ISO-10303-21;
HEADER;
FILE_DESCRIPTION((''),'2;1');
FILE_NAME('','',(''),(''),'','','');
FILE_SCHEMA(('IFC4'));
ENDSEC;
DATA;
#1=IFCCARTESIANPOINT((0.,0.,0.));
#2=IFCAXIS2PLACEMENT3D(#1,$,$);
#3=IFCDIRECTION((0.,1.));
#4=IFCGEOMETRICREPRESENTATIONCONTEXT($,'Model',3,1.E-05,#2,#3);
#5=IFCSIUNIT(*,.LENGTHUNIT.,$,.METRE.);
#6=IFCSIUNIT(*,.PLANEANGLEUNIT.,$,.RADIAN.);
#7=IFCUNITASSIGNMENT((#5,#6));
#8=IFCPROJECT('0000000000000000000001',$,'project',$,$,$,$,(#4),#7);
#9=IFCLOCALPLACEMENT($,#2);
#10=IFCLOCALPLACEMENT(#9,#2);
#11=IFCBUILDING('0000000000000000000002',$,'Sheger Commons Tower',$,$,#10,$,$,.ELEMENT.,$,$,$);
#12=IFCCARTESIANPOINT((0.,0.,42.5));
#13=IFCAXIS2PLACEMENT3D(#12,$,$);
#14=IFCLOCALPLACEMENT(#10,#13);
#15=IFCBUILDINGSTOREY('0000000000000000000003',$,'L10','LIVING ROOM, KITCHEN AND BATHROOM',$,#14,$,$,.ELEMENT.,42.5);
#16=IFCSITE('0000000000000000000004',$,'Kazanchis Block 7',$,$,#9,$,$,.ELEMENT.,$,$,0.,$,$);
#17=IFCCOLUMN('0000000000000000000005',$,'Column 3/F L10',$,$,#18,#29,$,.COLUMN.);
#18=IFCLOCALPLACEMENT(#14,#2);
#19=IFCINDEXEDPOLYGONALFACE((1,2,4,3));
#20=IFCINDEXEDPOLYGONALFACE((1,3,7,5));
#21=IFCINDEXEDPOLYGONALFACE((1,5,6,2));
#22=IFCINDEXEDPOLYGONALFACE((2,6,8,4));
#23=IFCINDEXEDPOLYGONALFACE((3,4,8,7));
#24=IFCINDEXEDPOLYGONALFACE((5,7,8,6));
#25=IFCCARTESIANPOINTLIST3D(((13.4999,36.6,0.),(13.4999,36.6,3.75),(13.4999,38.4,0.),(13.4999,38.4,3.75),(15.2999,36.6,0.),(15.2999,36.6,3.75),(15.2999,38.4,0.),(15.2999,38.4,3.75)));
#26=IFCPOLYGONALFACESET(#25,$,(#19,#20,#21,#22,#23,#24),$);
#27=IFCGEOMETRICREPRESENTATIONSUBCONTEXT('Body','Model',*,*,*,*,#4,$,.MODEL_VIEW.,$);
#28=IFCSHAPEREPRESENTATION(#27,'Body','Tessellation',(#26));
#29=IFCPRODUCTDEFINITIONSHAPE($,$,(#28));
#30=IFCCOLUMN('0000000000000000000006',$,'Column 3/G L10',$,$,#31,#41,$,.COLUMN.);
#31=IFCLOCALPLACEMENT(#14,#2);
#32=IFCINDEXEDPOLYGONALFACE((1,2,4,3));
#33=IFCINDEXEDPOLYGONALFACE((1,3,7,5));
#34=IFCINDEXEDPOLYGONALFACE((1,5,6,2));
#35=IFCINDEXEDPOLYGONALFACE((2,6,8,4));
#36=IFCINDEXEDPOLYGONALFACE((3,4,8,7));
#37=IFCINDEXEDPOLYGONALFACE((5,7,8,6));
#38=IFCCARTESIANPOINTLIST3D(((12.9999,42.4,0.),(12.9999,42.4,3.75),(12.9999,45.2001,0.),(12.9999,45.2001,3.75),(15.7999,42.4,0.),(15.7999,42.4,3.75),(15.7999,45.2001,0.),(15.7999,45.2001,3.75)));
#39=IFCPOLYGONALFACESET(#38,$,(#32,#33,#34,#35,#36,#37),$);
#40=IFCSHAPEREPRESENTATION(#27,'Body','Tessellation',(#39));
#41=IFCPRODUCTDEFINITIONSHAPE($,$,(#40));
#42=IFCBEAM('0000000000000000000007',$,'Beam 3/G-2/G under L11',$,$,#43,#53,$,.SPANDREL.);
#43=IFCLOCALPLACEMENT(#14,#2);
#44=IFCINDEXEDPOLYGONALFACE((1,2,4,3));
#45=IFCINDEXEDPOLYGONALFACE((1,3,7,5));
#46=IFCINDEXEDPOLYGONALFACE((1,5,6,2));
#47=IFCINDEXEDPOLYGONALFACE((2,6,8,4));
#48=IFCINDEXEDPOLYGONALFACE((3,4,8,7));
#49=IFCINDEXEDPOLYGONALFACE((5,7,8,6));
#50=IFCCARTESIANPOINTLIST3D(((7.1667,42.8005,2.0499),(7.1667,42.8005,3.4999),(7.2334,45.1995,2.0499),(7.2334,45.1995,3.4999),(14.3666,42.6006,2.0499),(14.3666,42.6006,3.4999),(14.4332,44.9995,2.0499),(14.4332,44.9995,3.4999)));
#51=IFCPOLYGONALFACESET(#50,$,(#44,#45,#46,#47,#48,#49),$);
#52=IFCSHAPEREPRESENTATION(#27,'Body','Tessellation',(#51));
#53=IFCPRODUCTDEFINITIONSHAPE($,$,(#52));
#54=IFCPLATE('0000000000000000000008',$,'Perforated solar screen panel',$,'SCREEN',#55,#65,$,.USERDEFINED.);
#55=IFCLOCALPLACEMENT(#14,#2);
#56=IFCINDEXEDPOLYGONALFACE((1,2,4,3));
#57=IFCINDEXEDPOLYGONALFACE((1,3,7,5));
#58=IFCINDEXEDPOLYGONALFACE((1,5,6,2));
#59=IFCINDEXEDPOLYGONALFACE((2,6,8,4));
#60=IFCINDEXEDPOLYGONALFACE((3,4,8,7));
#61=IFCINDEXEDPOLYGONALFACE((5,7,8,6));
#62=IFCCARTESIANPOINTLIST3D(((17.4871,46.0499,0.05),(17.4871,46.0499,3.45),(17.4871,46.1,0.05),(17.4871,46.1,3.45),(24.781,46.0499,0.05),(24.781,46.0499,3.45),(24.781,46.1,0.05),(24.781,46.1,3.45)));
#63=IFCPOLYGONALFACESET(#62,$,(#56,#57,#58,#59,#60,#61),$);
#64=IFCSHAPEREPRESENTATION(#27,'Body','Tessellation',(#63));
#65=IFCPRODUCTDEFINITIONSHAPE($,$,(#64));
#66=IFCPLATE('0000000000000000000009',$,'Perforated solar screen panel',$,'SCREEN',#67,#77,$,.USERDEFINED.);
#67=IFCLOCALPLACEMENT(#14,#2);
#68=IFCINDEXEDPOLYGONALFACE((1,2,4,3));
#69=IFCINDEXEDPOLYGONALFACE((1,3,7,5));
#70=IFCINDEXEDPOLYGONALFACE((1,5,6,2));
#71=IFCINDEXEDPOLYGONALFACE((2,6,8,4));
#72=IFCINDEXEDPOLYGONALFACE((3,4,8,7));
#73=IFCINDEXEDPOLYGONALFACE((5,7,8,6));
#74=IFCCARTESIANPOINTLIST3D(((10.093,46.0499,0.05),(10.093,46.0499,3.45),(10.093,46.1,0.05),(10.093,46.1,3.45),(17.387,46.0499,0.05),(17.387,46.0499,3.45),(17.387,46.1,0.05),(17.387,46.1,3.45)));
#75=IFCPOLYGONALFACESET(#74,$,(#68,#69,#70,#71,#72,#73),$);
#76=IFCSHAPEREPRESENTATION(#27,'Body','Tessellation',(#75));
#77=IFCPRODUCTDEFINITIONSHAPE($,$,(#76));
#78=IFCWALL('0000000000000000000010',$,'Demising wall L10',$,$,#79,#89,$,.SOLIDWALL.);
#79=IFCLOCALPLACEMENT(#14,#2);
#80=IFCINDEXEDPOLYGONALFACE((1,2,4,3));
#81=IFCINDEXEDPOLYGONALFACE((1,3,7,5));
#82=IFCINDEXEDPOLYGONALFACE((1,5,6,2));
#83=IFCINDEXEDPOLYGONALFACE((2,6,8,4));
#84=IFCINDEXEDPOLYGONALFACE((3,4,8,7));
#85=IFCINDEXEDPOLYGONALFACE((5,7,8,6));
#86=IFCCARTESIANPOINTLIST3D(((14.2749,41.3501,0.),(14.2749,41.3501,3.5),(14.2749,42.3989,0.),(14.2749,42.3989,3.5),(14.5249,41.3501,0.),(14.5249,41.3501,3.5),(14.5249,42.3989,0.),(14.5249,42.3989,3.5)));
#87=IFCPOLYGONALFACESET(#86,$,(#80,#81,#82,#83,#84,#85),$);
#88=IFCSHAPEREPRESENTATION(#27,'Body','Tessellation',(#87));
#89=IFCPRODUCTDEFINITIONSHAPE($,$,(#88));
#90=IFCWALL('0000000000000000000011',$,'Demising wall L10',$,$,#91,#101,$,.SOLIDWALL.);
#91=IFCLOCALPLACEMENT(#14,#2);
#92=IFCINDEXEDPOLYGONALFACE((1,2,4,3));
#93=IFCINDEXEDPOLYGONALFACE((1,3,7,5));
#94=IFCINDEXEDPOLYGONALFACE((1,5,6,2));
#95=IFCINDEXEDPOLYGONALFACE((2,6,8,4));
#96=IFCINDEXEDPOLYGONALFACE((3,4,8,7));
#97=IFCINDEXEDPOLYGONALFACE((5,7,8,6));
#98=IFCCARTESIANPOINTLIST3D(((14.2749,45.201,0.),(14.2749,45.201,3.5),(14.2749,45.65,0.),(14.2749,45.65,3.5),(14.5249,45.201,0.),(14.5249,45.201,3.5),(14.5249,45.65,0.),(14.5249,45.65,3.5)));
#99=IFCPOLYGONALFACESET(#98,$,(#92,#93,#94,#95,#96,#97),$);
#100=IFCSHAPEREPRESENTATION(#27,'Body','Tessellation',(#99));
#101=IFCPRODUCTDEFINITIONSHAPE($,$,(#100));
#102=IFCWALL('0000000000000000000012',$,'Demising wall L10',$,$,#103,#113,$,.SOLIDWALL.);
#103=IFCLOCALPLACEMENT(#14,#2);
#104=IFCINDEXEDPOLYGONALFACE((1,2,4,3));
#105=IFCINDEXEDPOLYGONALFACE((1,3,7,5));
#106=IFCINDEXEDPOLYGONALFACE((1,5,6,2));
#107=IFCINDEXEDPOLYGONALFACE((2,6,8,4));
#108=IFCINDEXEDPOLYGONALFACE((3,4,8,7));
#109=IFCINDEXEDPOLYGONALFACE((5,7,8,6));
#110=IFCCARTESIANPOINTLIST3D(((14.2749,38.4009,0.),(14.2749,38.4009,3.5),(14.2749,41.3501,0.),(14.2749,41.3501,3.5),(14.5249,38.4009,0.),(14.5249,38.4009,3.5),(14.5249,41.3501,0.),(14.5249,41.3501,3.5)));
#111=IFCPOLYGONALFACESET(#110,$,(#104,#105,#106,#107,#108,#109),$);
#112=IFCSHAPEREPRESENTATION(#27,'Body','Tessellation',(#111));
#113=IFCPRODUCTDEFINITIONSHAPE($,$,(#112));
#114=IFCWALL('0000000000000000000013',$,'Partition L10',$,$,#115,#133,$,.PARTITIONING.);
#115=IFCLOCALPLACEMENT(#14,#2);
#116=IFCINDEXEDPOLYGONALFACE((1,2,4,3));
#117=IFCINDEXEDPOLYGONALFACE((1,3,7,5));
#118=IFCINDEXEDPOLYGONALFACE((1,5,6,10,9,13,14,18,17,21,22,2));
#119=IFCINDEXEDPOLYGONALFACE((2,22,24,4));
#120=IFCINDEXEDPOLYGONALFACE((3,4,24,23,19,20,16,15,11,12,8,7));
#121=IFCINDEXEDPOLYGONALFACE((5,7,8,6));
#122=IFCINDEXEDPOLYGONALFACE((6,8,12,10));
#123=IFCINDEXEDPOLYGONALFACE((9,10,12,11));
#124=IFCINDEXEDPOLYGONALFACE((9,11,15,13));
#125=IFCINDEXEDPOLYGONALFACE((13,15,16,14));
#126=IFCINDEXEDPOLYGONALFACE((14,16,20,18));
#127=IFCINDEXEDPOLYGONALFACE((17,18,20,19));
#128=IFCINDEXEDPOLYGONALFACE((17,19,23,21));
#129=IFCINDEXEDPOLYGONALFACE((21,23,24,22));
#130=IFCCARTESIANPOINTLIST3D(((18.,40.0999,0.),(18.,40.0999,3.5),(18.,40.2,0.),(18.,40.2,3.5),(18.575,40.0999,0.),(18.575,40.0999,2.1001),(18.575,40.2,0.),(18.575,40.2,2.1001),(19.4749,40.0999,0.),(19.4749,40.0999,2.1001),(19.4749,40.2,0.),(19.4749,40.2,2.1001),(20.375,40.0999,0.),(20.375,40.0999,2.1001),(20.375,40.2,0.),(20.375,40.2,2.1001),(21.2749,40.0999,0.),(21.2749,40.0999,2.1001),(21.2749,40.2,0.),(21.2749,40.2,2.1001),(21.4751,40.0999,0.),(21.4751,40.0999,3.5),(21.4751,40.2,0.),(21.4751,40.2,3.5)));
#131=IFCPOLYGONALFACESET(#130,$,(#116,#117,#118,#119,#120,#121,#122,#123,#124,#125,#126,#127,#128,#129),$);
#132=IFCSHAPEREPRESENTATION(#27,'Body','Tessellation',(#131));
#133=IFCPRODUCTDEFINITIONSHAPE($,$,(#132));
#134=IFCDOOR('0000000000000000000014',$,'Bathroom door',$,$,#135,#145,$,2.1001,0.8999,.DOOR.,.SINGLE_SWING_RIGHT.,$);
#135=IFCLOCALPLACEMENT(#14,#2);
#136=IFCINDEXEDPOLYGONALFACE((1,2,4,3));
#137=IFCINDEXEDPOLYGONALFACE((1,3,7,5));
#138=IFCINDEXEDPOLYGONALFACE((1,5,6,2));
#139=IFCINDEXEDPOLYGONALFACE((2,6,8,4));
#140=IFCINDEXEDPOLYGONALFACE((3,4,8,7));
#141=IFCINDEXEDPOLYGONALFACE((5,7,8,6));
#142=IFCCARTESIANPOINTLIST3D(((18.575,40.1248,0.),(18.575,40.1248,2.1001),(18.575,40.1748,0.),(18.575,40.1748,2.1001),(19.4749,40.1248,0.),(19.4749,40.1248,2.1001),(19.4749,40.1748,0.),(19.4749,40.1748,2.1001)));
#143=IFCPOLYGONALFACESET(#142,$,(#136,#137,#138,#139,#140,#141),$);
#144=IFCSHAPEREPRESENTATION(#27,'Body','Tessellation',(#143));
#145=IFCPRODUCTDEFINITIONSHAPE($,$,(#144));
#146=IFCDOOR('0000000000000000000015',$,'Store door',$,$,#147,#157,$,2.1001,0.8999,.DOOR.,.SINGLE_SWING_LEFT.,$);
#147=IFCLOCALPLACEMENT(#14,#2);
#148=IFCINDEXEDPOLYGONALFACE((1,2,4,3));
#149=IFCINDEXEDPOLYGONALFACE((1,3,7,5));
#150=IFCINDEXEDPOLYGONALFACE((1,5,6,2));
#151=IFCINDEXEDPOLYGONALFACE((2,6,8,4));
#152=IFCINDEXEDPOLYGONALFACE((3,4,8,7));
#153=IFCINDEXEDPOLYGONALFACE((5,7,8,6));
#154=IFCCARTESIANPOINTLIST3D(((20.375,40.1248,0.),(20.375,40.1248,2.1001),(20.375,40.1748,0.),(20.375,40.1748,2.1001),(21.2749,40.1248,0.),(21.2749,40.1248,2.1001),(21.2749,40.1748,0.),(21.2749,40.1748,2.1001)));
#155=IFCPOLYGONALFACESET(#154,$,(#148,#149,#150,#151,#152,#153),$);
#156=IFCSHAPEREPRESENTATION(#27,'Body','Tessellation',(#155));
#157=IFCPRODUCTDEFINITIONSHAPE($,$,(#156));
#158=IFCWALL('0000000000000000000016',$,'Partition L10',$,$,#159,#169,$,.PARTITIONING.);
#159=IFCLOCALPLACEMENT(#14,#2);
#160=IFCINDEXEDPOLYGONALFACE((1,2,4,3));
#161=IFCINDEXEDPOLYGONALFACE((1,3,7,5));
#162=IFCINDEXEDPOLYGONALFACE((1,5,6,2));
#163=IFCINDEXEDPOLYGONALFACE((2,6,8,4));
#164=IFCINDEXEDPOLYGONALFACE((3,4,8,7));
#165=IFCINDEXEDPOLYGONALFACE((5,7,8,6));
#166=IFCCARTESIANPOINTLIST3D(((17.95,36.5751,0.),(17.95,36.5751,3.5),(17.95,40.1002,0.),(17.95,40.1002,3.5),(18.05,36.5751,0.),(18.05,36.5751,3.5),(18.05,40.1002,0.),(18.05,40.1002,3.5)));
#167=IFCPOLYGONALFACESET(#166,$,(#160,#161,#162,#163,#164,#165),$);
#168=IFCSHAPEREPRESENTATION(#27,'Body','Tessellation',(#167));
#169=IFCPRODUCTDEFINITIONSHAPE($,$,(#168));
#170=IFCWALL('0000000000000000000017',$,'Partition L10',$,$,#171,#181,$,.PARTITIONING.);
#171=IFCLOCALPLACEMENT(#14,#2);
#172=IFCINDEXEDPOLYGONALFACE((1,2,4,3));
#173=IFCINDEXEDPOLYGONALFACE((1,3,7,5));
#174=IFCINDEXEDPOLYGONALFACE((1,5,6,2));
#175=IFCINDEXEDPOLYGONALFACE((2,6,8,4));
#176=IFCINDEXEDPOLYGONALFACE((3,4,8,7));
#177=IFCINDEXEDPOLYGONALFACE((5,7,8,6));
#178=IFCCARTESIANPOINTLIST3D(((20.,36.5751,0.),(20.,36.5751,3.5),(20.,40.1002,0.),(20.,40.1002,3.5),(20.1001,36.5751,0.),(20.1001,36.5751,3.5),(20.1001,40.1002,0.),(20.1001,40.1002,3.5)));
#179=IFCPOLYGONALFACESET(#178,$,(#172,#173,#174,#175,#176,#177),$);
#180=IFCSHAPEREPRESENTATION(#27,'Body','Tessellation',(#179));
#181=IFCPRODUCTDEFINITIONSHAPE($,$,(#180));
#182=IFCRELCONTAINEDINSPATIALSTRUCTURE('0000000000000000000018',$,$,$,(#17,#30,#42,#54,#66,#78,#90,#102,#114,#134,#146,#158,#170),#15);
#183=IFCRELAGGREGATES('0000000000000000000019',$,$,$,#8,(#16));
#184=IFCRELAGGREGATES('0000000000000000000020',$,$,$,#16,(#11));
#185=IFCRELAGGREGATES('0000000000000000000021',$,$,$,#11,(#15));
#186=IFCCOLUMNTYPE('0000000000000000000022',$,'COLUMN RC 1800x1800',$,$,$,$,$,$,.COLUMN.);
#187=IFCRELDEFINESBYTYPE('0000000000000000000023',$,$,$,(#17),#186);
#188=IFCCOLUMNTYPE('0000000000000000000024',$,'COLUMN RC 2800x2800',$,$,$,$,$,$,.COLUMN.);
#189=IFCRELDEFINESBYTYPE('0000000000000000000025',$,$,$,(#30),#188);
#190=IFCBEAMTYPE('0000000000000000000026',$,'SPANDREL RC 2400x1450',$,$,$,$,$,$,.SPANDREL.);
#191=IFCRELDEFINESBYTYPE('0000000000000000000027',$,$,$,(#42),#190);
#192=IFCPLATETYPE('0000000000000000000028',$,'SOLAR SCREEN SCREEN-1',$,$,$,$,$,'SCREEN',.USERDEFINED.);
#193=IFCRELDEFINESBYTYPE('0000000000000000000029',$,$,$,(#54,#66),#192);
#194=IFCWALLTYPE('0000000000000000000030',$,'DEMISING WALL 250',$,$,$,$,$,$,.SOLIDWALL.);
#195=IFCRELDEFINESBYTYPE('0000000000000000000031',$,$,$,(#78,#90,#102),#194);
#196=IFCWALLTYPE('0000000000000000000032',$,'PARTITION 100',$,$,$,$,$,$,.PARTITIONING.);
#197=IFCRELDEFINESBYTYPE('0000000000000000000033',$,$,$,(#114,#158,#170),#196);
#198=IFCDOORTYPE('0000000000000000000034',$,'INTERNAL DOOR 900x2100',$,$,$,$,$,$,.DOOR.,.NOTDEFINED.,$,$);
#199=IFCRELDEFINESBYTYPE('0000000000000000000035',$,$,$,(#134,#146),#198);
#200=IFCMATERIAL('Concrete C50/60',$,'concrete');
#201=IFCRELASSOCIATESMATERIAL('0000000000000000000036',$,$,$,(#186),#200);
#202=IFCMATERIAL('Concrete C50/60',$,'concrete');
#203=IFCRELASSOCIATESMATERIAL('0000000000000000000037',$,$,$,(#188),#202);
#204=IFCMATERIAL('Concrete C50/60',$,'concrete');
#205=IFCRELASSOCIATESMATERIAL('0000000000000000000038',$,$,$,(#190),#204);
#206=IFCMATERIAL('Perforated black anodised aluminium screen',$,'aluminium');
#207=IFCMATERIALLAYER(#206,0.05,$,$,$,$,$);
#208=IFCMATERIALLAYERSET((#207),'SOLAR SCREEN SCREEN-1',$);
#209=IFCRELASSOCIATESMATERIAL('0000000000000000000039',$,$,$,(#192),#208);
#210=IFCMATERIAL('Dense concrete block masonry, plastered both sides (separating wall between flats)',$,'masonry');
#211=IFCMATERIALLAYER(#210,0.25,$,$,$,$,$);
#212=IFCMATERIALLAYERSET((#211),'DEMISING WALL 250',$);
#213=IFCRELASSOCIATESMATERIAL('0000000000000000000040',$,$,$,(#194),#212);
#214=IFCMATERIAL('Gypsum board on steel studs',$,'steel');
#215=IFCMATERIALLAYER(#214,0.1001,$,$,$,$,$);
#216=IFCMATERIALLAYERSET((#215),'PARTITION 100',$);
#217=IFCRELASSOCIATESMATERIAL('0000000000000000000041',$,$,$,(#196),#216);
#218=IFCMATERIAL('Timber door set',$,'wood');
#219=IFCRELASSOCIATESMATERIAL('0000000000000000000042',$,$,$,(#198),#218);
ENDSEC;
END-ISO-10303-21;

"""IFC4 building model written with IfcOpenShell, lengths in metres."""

from ifc_helpers import new_model, si_unit, direction, frame, frame_2d, origin, origin_2d, place, context, subcontext, project, spatial, rectangle, extrude, material, layer, layer_set, material_profile, profile_set, type_object, element, fill, save


model = new_model("IFC4")

# Units and contexts
model_context = context("Model", 3, precision=1e-05, world=origin(), true_north=direction((0.0, 1.0)))
body_context = subcontext(model_context, "Body", "Model", "MODEL_VIEW")
ifc_project = project(units=[si_unit("LENGTHUNIT", "METRE"), si_unit("PLANEANGLEUNIT", "RADIAN")], contexts=[model_context])

# Site, building, storey
site_placement = place(None, origin())
site = spatial("IfcSite", under=ifc_project, at=site_placement, Name="Kazanchis Block 7", CompositionType="ELEMENT", RefElevation=0.0)
building_placement = place(site_placement, origin())
building = spatial("IfcBuilding", under=site, at=building_placement, Name="Sheger Commons Tower", CompositionType="ELEMENT")
storey_placement = place(building_placement, frame((0.0, 0.0, 42.5)))
storey = spatial("IfcBuildingStorey", under=building, at=storey_placement, Name="L10", Description="LIVING ROOM, KITCHEN AND BATHROOM", CompositionType="ELEMENT", Elevation=42.5)

# Columns
ifc_material_1 = material(Name="Concrete C50/60", Category="concrete")
ifc_material_profile_1 = material_profile(ifc_material_1, rectangle(XDim=1.8, YDim=1.8, at=origin_2d()), Name="RC 1800x1800")
ifc_profile_set_1 = profile_set([ifc_material_profile_1], Name="Concrete C50/60")
column_type_1 = type_object("IfcColumnType", Name="COLUMN RC 1800x1800", PredefinedType="COLUMN", material=ifc_profile_set_1)
column_1_placement = place(storey_placement, frame((14.3999, 37.5, 0.0), z_axis=(0.0, 0.0, 1.0), x_axis=(1.0, 0.0, 0.0)))
element("IfcColumn", 1, at=column_1_placement, inside=storey, type_object=column_type_1, Name="Column 3/F L10", PredefinedType="COLUMN", context=body_context, shape_type="SweptSolid", body=[
    extrude(rectangle(XDim=1.8, YDim=1.8, at=origin_2d()), origin(), (0.0, 0.0, 1.0), 3.75),
])
ifc_material_2 = material(Name="Concrete C50/60", Category="concrete")
ifc_material_profile_2 = material_profile(ifc_material_2, rectangle(XDim=2.8, YDim=2.8, at=origin_2d()), Name="RC 2800x2800")
ifc_profile_set_2 = profile_set([ifc_material_profile_2], Name="Concrete C50/60")
column_type_2 = type_object("IfcColumnType", Name="COLUMN RC 2800x2800", PredefinedType="COLUMN", material=ifc_profile_set_2)
column_2_placement = place(storey_placement, frame((14.3999, 43.8, 0.0), z_axis=(0.0, 0.0, 1.0), x_axis=(1.0, 0.0, 0.0)))
element("IfcColumn", 2, at=column_2_placement, inside=storey, type_object=column_type_2, Name="Column 3/G L10", PredefinedType="COLUMN", context=body_context, shape_type="SweptSolid", body=[
    extrude(rectangle(XDim=2.8, YDim=2.8, at=origin_2d()), origin(), (0.0, 0.0, 1.0), 3.75),
])

# Beam
ifc_material_3 = material(Name="Concrete C50/60", Category="concrete")
ifc_material_profile_3 = material_profile(ifc_material_3, rectangle(XDim=2.3999, YDim=1.45, at=origin_2d()), Name="RC 2400x1450")
ifc_profile_set_3 = profile_set([ifc_material_profile_3], Name="Concrete C50/60")
beam_type = type_object("IfcBeamType", Name="SPANDREL RC 2400x1450", PredefinedType="SPANDREL", material=ifc_profile_set_3)
beam_placement = place(storey_placement, frame((14.3999, 43.8, 2.7749), z_axis=(-0.999615, 0.02776, 0.0), x_axis=(-0.02776, -0.999615, 0.0)))
element("IfcBeam", 3, at=beam_placement, inside=storey, type_object=beam_type, Name="Beam 3/G-2/G under L11", PredefinedType="SPANDREL", context=body_context, shape_type="SweptSolid", body=[
    extrude(rectangle(XDim=2.3999, YDim=1.45, at=origin_2d()), origin(), (0.0, 0.0, 1.0), 7.2026),
])

# Plates
ifc_material_4 = material(Name="Perforated black anodised aluminium screen", Category="aluminium")
ifc_layer_1 = layer(ifc_material_4, 0.05)
ifc_layer_set_1 = layer_set([ifc_layer_1], Name="SOLAR SCREEN SCREEN-1")
plate_type = type_object("IfcPlateType", Name="SOLAR SCREEN SCREEN-1", ElementType="SCREEN", PredefinedType="USERDEFINED", material=ifc_layer_set_1)
for number, where, z_axis, x_axis, name in (
    (4, (21.134, 46.075, 0.05), (0.0, 0.0, 1.0), (-1.0, 0.0, 0.0), "Perforated solar screen panel"),
    (5, (13.74, 46.075, 0.05), (0.0, 0.0, 1.0), (-1.0, 0.0, 0.0), "Perforated solar screen panel"),
):
    element("IfcPlate", number, at=place(storey_placement, frame(where, z_axis=z_axis, x_axis=x_axis)), inside=storey, type_object=plate_type, Name=name, ObjectType="SCREEN", PredefinedType="USERDEFINED", context=body_context, shape_type="SweptSolid", body=[
        extrude(rectangle(XDim=7.2939, YDim=0.05, at=origin_2d()), origin(), (0.0, 0.0, 1.0), 3.3999),
    ])

# Walls
ifc_material_5 = material(Name="Dense concrete block masonry, plastered both sides (separating wall between flats)", Category="masonry")
ifc_layer_2 = layer(ifc_material_5, 0.25)
ifc_layer_set_2 = layer_set([ifc_layer_2], Name="DEMISING WALL 250")
wall_type_1 = type_object("IfcWallType", Name="DEMISING WALL 250", PredefinedType="SOLIDWALL", material=ifc_layer_set_2)
wall_1_placement = place(storey_placement, frame((14.3999, 41.3501, 0.0), z_axis=(0.0, 0.0, 1.0), x_axis=(0.0, 1.0, 0.0)))
element("IfcWall", 6, at=wall_1_placement, inside=storey, type_object=wall_type_1, Name="Demising wall L10", PredefinedType="SOLIDWALL", context=body_context, shape_type="SweptSolid", body=[
    extrude(rectangle(XDim=1.0488, YDim=0.25, at=frame_2d((0.5244, 0.0))), origin(), (0.0, 0.0, 1.0), 3.5),
])
wall_2_placement = place(storey_placement, frame((14.3999, 45.2009, 0.0), z_axis=(0.0, 0.0, 1.0), x_axis=(0.0, 1.0, 0.0)))
element("IfcWall", 7, at=wall_2_placement, inside=storey, type_object=wall_type_1, Name="Demising wall L10", PredefinedType="SOLIDWALL", context=body_context, shape_type="SweptSolid", body=[
    extrude(rectangle(XDim=0.449, YDim=0.25, at=frame_2d((0.2246, 0.0))), origin(), (0.0, 0.0, 1.0), 3.5),
])
wall_3_placement = place(storey_placement, frame((14.3999, 38.4009, 0.0), z_axis=(0.0, 0.0, 1.0), x_axis=(0.0, 1.0, 0.0)))
element("IfcWall", 8, at=wall_3_placement, inside=storey, type_object=wall_type_1, Name="Demising wall L10", PredefinedType="SOLIDWALL", context=body_context, shape_type="SweptSolid", body=[
    extrude(rectangle(XDim=2.9492, YDim=0.25, at=frame_2d((1.4746, 0.0))), origin(), (0.0, 0.0, 1.0), 3.5),
])

# Wall, openings, doors
ifc_material_6 = material(Name="Gypsum board on steel studs", Category="steel")
ifc_layer_3 = layer(ifc_material_6, 0.1001)
ifc_layer_set_3 = layer_set([ifc_layer_3], Name="PARTITION 100")
wall_type_2 = type_object("IfcWallType", Name="PARTITION 100", PredefinedType="PARTITIONING", material=ifc_layer_set_3)
wall_4_placement = place(storey_placement, frame((18.0, 40.1499, 0.0), z_axis=(0.0, 0.0, 1.0), x_axis=(1.0, 0.0, 0.0)))
wall_4 = element("IfcWall", 9, at=wall_4_placement, inside=storey, type_object=wall_type_2, Name="Partition L10", PredefinedType="PARTITIONING", context=body_context, shape_type="SweptSolid", body=[
    extrude(rectangle(XDim=3.4751, YDim=0.1001, at=frame_2d((1.7375, 0.0))), origin(), (0.0, 0.0, 1.0), 3.5),
])
opening_1_placement = place(wall_4_placement, frame((0.575, 0.0, 0.0)))
opening_1 = element("IfcOpeningElement", 10, at=opening_1_placement, cuts=wall_4, PredefinedType="OPENING", context=body_context, shape_type="SweptSolid", body=[
    extrude(rectangle(XDim=0.8999, YDim=2.1001, at=frame_2d((0.45, 1.05))), frame((0.0, 0.0601, 0.0), z_axis=(0.0, -1.0, 0.0), x_axis=(1.0, 0.0, 0.0)), (0.0, 0.0, 1.0), 0.1201),
])
opening_2_placement = place(wall_4_placement, frame((2.375, 0.0, 0.0)))
opening_2 = element("IfcOpeningElement", 11, at=opening_2_placement, cuts=wall_4, PredefinedType="OPENING", context=body_context, shape_type="SweptSolid", body=[
    extrude(rectangle(XDim=0.8999, YDim=2.1001, at=frame_2d((0.45, 1.05))), frame((0.0, 0.0601, 0.0), z_axis=(0.0, -1.0, 0.0), x_axis=(1.0, 0.0, 0.0)), (0.0, 0.0, 1.0), 0.1201),
])
ifc_material_7 = material(Name="Timber door set", Category="wood")
door_type = type_object("IfcDoorType", Name="INTERNAL DOOR 900x2100", OperationType="NOTDEFINED", PredefinedType="DOOR", material=ifc_material_7)
door_1_placement = place(opening_1_placement, origin())
door_1 = element("IfcDoor", 12, at=door_1_placement, inside=storey, type_object=door_type, Name="Bathroom door", OperationType="SINGLE_SWING_RIGHT", OverallHeight=2.1001, OverallWidth=0.8999, PredefinedType="DOOR", context=body_context, shape_type="SweptSolid", body=[
    extrude(rectangle(XDim=0.8999, YDim=2.1001, at=frame_2d((0.45, 1.05))), frame((0.0, 0.0249, 0.0), z_axis=(0.0, -1.0, 0.0), x_axis=(1.0, 0.0, 0.0)), (0.0, 0.0, 1.0), 0.05),
])
fill(opening_1, door_1)
door_2_placement = place(opening_2_placement, origin())
door_2 = element("IfcDoor", 13, at=door_2_placement, inside=storey, type_object=door_type, Name="Store door", OperationType="SINGLE_SWING_LEFT", OverallHeight=2.1001, OverallWidth=0.8999, PredefinedType="DOOR", context=body_context, shape_type="SweptSolid", body=[
    extrude(rectangle(XDim=0.8999, YDim=2.1001, at=frame_2d((0.45, 1.05))), frame((0.0, 0.0249, 0.0), z_axis=(0.0, -1.0, 0.0), x_axis=(1.0, 0.0, 0.0)), (0.0, 0.0, 1.0), 0.05),
])
fill(opening_2, door_2)

# Walls
for number, where, z_axis, x_axis, name in (
    (14, (18.0, 36.575, 0.0), (0.0, 0.0, 1.0), (0.0, 1.0, 0.0), "Partition L10"),
    (15, (20.05, 36.575, 0.0), (0.0, 0.0, 1.0), (0.0, 1.0, 0.0), "Partition L10"),
):
    element("IfcWall", number, at=place(storey_placement, frame(where, z_axis=z_axis, x_axis=x_axis)), inside=storey, type_object=wall_type_2, Name=name, PredefinedType="PARTITIONING", context=body_context, shape_type="SweptSolid", body=[
        extrude(rectangle(XDim=3.5251, YDim=0.1001, at=frame_2d((1.7627, 0.0))), origin(), (0.0, 0.0, 1.0), 3.5),
    ])

save(model, "model.ifc")
